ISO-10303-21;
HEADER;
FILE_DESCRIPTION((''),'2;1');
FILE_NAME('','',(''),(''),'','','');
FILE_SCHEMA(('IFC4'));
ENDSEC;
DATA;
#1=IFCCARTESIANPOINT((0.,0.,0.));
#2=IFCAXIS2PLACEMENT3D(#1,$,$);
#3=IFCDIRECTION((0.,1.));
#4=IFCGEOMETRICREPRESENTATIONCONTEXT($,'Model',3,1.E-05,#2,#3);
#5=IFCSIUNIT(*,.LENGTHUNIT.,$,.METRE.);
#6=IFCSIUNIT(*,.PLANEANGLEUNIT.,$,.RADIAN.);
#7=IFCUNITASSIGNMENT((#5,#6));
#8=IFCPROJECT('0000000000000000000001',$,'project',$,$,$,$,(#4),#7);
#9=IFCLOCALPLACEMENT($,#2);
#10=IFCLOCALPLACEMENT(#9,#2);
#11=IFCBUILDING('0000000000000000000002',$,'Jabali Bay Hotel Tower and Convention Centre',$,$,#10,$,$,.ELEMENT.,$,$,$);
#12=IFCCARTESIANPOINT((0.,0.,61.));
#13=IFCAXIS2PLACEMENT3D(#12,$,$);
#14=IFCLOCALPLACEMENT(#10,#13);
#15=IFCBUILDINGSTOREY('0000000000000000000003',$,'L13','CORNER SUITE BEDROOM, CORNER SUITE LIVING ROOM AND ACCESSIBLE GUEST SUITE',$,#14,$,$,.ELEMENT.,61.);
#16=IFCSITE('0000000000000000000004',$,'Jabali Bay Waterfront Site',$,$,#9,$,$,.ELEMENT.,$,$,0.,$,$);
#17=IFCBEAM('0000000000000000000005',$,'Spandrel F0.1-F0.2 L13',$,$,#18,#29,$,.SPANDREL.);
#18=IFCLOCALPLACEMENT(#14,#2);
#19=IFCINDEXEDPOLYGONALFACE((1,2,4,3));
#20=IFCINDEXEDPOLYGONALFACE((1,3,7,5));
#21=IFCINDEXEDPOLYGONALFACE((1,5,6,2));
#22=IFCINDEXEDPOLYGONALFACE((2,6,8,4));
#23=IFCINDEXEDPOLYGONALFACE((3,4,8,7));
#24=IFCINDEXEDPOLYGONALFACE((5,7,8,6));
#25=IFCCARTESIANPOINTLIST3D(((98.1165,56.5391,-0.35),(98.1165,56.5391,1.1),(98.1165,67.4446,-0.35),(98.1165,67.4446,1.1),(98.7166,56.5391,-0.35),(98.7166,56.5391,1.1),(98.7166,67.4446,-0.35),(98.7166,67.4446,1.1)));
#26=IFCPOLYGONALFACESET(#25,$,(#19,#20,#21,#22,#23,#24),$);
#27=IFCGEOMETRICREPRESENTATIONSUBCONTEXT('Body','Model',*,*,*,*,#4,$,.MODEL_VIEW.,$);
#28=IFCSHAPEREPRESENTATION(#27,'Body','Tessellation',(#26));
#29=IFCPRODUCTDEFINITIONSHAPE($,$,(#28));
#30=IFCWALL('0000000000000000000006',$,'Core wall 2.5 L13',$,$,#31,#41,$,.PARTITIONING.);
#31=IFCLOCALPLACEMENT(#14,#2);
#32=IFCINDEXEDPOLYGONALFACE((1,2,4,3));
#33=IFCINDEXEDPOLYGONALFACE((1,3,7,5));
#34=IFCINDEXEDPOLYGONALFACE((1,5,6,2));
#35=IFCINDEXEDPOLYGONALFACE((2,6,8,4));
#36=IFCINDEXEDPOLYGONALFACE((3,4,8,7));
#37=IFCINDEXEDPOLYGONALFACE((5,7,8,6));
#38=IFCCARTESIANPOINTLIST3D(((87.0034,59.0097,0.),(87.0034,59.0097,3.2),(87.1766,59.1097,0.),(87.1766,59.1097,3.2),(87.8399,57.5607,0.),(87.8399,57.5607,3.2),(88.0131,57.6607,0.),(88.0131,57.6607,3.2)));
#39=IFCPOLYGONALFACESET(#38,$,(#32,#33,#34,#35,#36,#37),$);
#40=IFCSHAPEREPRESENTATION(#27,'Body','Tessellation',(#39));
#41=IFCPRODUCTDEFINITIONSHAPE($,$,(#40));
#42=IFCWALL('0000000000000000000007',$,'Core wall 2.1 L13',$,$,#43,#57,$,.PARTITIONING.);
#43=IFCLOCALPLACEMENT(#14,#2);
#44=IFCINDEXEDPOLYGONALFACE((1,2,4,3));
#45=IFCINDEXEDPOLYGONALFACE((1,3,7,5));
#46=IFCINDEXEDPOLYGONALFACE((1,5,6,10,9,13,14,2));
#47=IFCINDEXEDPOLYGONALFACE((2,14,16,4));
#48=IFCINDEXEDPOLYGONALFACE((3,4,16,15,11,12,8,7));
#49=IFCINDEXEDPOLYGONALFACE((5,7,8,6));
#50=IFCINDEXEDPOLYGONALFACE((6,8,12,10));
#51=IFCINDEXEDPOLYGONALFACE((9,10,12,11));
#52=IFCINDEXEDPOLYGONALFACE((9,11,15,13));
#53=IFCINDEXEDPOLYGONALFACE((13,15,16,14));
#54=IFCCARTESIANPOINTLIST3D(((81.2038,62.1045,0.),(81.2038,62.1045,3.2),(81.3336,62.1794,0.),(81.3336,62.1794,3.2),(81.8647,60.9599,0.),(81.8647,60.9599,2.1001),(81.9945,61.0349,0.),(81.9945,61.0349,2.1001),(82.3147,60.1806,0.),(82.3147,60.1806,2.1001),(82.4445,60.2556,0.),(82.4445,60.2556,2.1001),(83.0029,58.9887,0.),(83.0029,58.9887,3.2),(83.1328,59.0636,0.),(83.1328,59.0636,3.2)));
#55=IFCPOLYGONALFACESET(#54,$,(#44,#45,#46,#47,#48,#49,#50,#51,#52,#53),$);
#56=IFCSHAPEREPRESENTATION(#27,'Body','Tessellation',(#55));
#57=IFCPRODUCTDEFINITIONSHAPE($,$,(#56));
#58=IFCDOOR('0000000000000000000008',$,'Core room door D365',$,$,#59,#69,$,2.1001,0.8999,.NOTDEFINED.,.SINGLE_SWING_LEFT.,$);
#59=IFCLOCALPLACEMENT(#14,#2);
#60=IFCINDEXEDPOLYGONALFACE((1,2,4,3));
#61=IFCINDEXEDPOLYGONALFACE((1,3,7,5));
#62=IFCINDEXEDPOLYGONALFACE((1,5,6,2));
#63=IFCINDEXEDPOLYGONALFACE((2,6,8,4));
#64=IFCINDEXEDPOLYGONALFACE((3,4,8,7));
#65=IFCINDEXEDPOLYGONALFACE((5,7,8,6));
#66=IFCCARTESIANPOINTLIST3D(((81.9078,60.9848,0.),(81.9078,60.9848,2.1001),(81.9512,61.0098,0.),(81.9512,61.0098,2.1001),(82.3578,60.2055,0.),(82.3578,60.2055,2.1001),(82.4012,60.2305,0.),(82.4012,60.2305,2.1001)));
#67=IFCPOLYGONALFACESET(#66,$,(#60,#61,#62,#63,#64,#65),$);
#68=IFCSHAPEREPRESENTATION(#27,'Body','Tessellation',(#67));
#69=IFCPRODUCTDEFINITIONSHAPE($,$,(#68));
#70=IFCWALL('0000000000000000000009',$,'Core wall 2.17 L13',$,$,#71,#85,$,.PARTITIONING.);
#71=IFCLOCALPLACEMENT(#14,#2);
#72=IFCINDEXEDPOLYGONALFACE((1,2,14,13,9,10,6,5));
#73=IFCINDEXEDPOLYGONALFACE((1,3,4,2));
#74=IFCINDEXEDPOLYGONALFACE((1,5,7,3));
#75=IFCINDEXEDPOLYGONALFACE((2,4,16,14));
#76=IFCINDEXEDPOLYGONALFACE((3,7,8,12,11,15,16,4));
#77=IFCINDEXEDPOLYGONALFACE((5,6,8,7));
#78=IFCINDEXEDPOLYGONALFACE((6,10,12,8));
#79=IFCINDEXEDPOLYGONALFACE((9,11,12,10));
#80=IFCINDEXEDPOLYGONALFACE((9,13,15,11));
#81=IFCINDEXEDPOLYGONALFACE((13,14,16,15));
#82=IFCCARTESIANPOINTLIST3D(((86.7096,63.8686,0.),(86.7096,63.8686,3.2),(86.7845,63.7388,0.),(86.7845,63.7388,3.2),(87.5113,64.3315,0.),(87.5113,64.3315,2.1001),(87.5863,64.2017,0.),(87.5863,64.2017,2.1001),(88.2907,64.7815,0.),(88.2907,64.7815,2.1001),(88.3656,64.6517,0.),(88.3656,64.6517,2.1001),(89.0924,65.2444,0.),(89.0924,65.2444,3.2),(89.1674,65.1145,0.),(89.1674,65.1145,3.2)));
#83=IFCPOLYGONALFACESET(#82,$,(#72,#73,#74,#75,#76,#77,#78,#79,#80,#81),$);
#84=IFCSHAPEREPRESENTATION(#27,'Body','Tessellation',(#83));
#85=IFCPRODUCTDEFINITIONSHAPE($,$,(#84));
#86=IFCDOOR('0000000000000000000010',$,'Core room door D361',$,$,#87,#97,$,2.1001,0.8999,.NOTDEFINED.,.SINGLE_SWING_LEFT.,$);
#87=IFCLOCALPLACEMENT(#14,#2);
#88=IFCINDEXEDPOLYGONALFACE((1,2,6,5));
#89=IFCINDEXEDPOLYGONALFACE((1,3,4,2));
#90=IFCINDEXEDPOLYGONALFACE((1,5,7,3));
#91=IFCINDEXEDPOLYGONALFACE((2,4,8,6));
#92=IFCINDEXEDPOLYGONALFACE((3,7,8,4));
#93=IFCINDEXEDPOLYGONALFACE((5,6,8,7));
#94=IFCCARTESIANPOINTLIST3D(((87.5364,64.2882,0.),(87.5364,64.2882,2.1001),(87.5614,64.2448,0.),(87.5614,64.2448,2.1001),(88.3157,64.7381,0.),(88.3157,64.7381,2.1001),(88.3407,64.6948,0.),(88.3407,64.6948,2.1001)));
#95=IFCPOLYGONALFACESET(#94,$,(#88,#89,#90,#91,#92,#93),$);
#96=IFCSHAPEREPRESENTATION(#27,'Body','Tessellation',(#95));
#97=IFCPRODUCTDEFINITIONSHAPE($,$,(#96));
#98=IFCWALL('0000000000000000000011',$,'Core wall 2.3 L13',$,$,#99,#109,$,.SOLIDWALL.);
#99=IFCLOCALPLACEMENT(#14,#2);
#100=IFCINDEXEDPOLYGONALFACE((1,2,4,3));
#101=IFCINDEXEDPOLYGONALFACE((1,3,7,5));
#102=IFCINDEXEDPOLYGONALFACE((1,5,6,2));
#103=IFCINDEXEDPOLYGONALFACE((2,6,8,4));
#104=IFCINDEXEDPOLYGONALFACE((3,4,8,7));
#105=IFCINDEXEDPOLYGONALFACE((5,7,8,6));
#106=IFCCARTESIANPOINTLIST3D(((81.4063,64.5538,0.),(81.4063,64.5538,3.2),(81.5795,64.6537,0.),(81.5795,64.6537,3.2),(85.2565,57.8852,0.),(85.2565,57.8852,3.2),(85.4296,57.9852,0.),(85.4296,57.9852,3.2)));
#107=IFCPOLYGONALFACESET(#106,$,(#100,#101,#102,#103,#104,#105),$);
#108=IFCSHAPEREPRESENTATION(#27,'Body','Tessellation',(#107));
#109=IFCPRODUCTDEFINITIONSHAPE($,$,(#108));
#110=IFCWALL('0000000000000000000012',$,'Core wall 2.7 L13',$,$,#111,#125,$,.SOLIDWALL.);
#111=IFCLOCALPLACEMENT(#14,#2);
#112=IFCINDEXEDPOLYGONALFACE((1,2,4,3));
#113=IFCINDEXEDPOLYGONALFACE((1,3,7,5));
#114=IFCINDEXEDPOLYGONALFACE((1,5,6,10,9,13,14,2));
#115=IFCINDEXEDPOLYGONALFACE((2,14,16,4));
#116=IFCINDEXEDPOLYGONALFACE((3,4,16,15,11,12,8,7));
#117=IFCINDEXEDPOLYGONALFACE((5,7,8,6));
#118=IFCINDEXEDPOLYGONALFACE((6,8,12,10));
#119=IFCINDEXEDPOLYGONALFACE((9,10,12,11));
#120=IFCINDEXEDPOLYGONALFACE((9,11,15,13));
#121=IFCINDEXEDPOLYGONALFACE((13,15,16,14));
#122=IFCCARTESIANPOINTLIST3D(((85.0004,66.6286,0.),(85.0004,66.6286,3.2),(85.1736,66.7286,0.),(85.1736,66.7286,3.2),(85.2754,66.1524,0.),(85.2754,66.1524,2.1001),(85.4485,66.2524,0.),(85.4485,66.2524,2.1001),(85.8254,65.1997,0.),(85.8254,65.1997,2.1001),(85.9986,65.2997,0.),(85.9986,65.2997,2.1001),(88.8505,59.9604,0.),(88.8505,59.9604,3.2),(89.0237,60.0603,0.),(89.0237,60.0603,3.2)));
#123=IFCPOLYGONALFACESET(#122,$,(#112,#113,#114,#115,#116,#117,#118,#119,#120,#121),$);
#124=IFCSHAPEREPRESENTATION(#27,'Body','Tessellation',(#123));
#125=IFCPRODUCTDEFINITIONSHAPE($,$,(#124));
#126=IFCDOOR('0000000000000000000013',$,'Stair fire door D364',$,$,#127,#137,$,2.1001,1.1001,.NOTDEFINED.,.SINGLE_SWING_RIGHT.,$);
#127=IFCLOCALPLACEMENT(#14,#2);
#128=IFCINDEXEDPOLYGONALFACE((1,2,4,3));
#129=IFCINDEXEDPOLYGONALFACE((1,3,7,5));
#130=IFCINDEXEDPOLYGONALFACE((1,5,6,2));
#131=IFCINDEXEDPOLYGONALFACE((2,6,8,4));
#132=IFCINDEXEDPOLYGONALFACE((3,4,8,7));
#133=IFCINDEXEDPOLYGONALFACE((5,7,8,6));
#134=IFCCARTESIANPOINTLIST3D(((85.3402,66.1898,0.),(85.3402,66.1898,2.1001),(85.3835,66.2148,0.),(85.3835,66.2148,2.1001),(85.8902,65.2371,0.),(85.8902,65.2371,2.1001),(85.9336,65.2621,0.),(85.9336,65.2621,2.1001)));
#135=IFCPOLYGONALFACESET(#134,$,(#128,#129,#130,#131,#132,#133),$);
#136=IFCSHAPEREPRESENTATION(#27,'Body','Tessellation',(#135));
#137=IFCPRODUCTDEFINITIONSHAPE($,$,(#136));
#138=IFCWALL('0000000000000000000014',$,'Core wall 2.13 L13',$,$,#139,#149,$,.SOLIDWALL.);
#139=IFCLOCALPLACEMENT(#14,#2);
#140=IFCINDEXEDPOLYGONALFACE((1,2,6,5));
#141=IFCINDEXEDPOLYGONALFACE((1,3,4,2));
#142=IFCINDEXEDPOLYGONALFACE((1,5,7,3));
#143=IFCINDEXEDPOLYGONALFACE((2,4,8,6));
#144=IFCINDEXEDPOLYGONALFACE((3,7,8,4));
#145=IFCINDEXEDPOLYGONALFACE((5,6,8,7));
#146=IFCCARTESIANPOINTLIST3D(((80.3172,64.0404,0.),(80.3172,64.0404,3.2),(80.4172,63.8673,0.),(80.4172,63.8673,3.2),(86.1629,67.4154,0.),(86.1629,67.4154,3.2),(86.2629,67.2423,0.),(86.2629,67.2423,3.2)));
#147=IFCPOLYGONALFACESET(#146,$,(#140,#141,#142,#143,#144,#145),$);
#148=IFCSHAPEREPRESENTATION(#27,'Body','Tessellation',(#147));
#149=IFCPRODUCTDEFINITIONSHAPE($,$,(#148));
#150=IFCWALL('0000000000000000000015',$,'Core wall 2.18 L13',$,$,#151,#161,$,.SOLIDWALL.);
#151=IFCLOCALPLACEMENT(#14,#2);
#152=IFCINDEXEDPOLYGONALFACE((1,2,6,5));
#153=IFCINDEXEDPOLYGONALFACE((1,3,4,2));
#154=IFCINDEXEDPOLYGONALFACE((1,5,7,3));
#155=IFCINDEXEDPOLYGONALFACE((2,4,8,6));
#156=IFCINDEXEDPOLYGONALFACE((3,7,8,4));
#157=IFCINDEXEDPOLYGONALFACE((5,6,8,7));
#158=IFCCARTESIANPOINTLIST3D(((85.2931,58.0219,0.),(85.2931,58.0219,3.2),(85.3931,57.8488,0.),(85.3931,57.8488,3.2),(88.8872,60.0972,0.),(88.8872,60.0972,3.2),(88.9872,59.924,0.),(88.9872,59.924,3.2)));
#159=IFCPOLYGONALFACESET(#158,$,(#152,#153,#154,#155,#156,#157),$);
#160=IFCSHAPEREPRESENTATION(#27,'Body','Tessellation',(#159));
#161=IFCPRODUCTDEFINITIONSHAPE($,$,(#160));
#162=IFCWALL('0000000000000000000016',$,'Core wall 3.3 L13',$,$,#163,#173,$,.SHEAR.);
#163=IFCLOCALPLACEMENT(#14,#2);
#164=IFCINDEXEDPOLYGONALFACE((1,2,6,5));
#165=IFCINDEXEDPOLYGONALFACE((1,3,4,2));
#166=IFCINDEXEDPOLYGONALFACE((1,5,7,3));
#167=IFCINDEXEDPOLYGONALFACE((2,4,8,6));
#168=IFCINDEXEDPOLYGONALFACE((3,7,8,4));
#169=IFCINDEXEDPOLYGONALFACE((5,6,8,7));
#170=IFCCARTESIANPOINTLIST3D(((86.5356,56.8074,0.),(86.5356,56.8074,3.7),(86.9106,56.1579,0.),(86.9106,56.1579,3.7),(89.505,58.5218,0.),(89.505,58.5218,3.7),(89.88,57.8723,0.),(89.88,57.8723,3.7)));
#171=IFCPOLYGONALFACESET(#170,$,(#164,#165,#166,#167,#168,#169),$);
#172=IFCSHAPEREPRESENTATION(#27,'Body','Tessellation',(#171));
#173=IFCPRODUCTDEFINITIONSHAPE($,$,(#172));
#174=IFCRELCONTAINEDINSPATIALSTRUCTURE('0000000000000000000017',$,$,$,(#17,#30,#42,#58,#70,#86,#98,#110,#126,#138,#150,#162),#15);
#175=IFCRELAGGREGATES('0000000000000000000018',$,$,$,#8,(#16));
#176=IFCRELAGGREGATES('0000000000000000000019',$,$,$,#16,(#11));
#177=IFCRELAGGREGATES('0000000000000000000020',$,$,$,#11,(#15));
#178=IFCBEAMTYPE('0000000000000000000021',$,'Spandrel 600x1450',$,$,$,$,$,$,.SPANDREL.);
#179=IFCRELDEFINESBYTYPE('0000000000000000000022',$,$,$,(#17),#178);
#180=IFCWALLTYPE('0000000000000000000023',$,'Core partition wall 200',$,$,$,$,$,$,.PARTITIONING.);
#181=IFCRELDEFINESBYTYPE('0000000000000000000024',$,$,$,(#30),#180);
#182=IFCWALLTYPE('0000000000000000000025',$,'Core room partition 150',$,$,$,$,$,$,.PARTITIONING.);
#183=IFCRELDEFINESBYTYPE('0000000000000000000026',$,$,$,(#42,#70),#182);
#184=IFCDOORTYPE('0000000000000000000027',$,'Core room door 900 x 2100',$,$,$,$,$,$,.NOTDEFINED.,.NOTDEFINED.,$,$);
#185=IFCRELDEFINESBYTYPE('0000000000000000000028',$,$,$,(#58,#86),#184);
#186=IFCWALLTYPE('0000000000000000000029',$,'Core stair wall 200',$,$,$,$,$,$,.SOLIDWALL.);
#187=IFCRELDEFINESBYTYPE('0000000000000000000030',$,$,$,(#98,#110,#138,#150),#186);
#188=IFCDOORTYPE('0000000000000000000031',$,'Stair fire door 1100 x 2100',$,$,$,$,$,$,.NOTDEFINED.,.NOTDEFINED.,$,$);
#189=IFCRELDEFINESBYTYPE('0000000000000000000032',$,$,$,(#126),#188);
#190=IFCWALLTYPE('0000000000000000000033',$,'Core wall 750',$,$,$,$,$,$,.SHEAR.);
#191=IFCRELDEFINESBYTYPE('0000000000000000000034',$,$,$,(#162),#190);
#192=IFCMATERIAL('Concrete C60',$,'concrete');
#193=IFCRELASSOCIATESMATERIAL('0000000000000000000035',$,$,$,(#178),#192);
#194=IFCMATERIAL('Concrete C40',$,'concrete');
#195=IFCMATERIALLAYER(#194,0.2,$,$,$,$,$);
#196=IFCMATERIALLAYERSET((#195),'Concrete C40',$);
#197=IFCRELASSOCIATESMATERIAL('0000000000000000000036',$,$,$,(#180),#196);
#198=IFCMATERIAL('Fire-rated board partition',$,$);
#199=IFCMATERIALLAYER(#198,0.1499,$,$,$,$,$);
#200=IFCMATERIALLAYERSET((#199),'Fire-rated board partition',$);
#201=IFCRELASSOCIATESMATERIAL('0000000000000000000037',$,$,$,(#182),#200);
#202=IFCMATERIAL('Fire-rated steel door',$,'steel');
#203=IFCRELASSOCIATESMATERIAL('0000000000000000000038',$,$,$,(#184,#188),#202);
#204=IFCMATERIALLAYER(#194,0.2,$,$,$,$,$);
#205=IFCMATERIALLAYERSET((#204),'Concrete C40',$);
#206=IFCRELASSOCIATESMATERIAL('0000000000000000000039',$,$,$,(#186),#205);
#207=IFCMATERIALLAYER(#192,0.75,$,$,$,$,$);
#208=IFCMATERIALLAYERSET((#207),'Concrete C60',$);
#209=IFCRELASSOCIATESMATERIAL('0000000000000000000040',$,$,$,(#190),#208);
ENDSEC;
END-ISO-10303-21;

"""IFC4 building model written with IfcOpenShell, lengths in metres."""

from ifc_helpers import new_model, si_unit, direction, frame, frame_2d, origin, origin_2d, place, context, subcontext, project, spatial, rectangle, extrude, material, layer, layer_set, material_profile, profile_set, type_object, element, fill, save


model = new_model("IFC4")

# Units and contexts
model_context = context("Model", 3, precision=1e-05, world=origin(), true_north=direction((0.0, 1.0)))
body_context = subcontext(model_context, "Body", "Model", "MODEL_VIEW")
ifc_project = project(units=[si_unit("LENGTHUNIT", "METRE"), si_unit("PLANEANGLEUNIT", "RADIAN")], contexts=[model_context])

# Site, building, storey
site_placement = place(None, origin())
site = spatial("IfcSite", under=ifc_project, at=site_placement, Name="Jabali Bay Waterfront Site", CompositionType="ELEMENT", RefElevation=0.0)
building_placement = place(site_placement, origin())
building = spatial("IfcBuilding", under=site, at=building_placement, Name="Jabali Bay Hotel Tower and Convention Centre", CompositionType="ELEMENT")
storey_placement = place(building_placement, frame((0.0, 0.0, 61.0)))
storey = spatial("IfcBuildingStorey", under=building, at=storey_placement, Name="L13", Description="CORNER SUITE BEDROOM, CORNER SUITE LIVING ROOM AND ACCESSIBLE GUEST SUITE", CompositionType="ELEMENT", Elevation=61.0)

# Beam
ifc_material_1 = material(Name="Concrete C60", Category="concrete")
ifc_material_profile = material_profile(ifc_material_1, rectangle(XDim=0.6001, YDim=1.45, at=origin_2d()), Name="Spandrel 600x1450")
ifc_profile_set = profile_set([ifc_material_profile], Name="Concrete C60")
beam_type = type_object("IfcBeamType", Name="Spandrel 600x1450", PredefinedType="SPANDREL", material=ifc_profile_set)
beam_placement = place(storey_placement, frame((98.4165, 56.5391, 0.375), z_axis=(0.0, 1.0, 0.0), x_axis=(-1.0, 0.0, 0.0)))
element("IfcBeam", 1, at=beam_placement, inside=storey, type_object=beam_type, Name="Spandrel F0.1-F0.2 L13", PredefinedType="SPANDREL", context=body_context, shape_type="SweptSolid", body=[
    extrude(rectangle(XDim=0.6001, YDim=1.45, at=origin_2d()), origin(), (0.0, 0.0, 1.0), 10.9055),
])

# Wall
ifc_material_2 = material(Name="Concrete C40", Category="concrete")
ifc_layer_1 = layer(ifc_material_2, 0.2)
ifc_layer_set_1 = layer_set([ifc_layer_1], Name="Concrete C40")
wall_type_1 = type_object("IfcWallType", Name="Core partition wall 200", PredefinedType="PARTITIONING", material=ifc_layer_set_1)
wall_1_placement = place(storey_placement, frame((87.0901, 59.0596, 0.0), z_axis=(0.0, 0.0, 1.0), x_axis=(0.499937, -0.866062, 0.0)))
element("IfcWall", 2, at=wall_1_placement, inside=storey, type_object=wall_type_1, Name="Core wall 2.5 L13", PredefinedType="PARTITIONING", context=body_context, shape_type="SweptSolid", body=[
    extrude(rectangle(XDim=1.6731, YDim=0.2, at=frame_2d((0.8364, 0.0))), origin(), (0.0, 0.0, 1.0), 3.2),
])

# Walls, openings, doors
ifc_material_3 = material(Name="Fire-rated board partition")
ifc_layer_2 = layer(ifc_material_3, 0.1499)
ifc_layer_set_2 = layer_set([ifc_layer_2], Name="Fire-rated board partition")
wall_type_2 = type_object("IfcWallType", Name="Core room partition 150", PredefinedType="PARTITIONING", material=ifc_layer_set_2)
wall_2_placement = place(storey_placement, frame((81.2688, 62.1418, 0.0), z_axis=(0.0, 0.0, 1.0), x_axis=(0.500044, -0.866, 0.0)))
wall_2 = element("IfcWall", 3, at=wall_2_placement, inside=storey, type_object=wall_type_2, Name="Core wall 2.1 L13", PredefinedType="PARTITIONING", context=body_context, shape_type="SweptSolid", body=[
    extrude(rectangle(XDim=3.5979, YDim=0.1499, at=frame_2d((1.7988, 0.0))), origin(), (0.0, 0.0, 1.0), 3.2),
])
opening_1_placement = place(wall_2_placement, frame((1.3215, 0.0, 0.0)))
opening_1 = element("IfcOpeningElement", 4, at=opening_1_placement, cuts=wall_2, PredefinedType="OPENING", context=body_context, shape_type="SweptSolid", body=[
    extrude(rectangle(XDim=0.8999, YDim=2.1001, at=frame_2d((0.45, 1.05))), frame((0.0, 0.0854, 0.0), z_axis=(0.0, -1.0, 0.0), x_axis=(1.0, 0.0, 0.0)), (0.0, 0.0, 1.0), 0.1709),
])
ifc_material_4 = material(Name="Fire-rated steel door", Category="steel")
door_type_1 = type_object("IfcDoorType", Name="Core room door 900 x 2100", OperationType="NOTDEFINED", PredefinedType="NOTDEFINED", material=ifc_material_4)
door_1_placement = place(opening_1_placement, origin())
door_1 = element("IfcDoor", 5, at=door_1_placement, inside=storey, type_object=door_type_1, Name="Core room door D365", OperationType="SINGLE_SWING_LEFT", OverallHeight=2.1001, OverallWidth=0.8999, PredefinedType="NOTDEFINED", context=body_context, shape_type="SweptSolid", body=[
    extrude(rectangle(XDim=0.8999, YDim=2.1001, at=frame_2d((0.45, 1.05))), frame((0.0, 0.0249, 0.0), z_axis=(0.0, -1.0, 0.0), x_axis=(1.0, 0.0, 0.0)), (0.0, 0.0, 1.0), 0.05),
])
fill(opening_1, door_1)
wall_3_placement = place(storey_placement, frame((86.7471, 63.8037, 0.0), z_axis=(0.0, 0.0, 1.0), x_axis=(0.866023, 0.500004, 0.0)))
wall_3 = element("IfcWall", 6, at=wall_3_placement, inside=storey, type_object=wall_type_2, Name="Core wall 2.17 L13", PredefinedType="PARTITIONING", context=body_context, shape_type="SweptSolid", body=[
    extrude(rectangle(XDim=2.7515, YDim=0.1499, at=frame_2d((1.3757, 0.0))), origin(), (0.0, 0.0, 1.0), 3.2),
])
opening_2_placement = place(wall_3_placement, frame((0.9258, 0.0, 0.0)))
opening_2 = element("IfcOpeningElement", 7, at=opening_2_placement, cuts=wall_3, PredefinedType="OPENING", context=body_context, shape_type="SweptSolid", body=[
    extrude(rectangle(XDim=0.8999, YDim=2.1001, at=frame_2d((0.45, 1.05))), frame((0.0, 0.0854, 0.0), z_axis=(0.0, -1.0, 0.0), x_axis=(1.0, 0.0, 0.0)), (0.0, 0.0, 1.0), 0.1709),
])
door_2_placement = place(opening_2_placement, origin())
door_2 = element("IfcDoor", 8, at=door_2_placement, inside=storey, type_object=door_type_1, Name="Core room door D361", OperationType="SINGLE_SWING_LEFT", OverallHeight=2.1001, OverallWidth=0.8999, PredefinedType="NOTDEFINED", context=body_context, shape_type="SweptSolid", body=[
    extrude(rectangle(XDim=0.8999, YDim=2.1001, at=frame_2d((0.45, 1.05))), frame((0.0, 0.0249, 0.0), z_axis=(0.0, -1.0, 0.0), x_axis=(1.0, 0.0, 0.0)), (0.0, 0.0, 1.0), 0.05),
])
fill(opening_2, door_2)

# Wall
ifc_layer_3 = layer(ifc_material_2, 0.2)
ifc_layer_set_3 = layer_set([ifc_layer_3], Name="Concrete C40")
wall_type_3 = type_object("IfcWallType", Name="Core stair wall 200", PredefinedType="SOLIDWALL", material=ifc_layer_set_3)
wall_4_placement = place(storey_placement, frame((81.4929, 64.6038, 0.0), z_axis=(0.0, 0.0, 1.0), x_axis=(0.500006, -0.866022, 0.0)))
element("IfcWall", 9, at=wall_4_placement, inside=storey, type_object=wall_type_3, Name="Core wall 2.3 L13", PredefinedType="SOLIDWALL", context=body_context, shape_type="SweptSolid", body=[
    extrude(rectangle(XDim=7.7002, YDim=0.2, at=frame_2d((3.8501, 0.0))), origin(), (0.0, 0.0, 1.0), 3.2),
])

# Wall, opening, door
wall_5_placement = place(storey_placement, frame((85.0869, 66.6787, 0.0), z_axis=(0.0, 0.0, 1.0), x_axis=(0.50002, -0.866014, 0.0)))
wall_5 = element("IfcWall", 10, at=wall_5_placement, inside=storey, type_object=wall_type_3, Name="Core wall 2.7 L13", PredefinedType="SOLIDWALL", context=body_context, shape_type="SweptSolid", body=[
    extrude(rectangle(XDim=7.7, YDim=0.2, at=frame_2d((3.8501, 0.0))), origin(), (0.0, 0.0, 1.0), 3.2),
])
opening_3_placement = place(wall_5_placement, frame((0.55, 0.0, 0.0)))
opening_3 = element("IfcOpeningElement", 11, at=opening_3_placement, cuts=wall_5, PredefinedType="OPENING", context=body_context, shape_type="SweptSolid", body=[
    extrude(rectangle(XDim=1.1001, YDim=2.1001, at=frame_2d((0.55, 1.05))), frame((0.0, 0.1104, 0.0), z_axis=(0.0, -1.0, 0.0), x_axis=(1.0, 0.0, 0.0)), (0.0, 0.0, 1.0), 0.2209),
])
door_type_2 = type_object("IfcDoorType", Name="Stair fire door 1100 x 2100", OperationType="NOTDEFINED", PredefinedType="NOTDEFINED", material=ifc_material_4)
door_3_placement = place(opening_3_placement, origin())
door_3 = element("IfcDoor", 12, at=door_3_placement, inside=storey, type_object=door_type_2, Name="Stair fire door D364", OperationType="SINGLE_SWING_RIGHT", OverallHeight=2.1001, OverallWidth=1.1001, PredefinedType="NOTDEFINED", context=body_context, shape_type="SweptSolid", body=[
    extrude(rectangle(XDim=1.1001, YDim=2.1001, at=frame_2d((0.55, 1.05))), frame((0.0, 0.0249, 0.0), z_axis=(0.0, -1.0, 0.0), x_axis=(1.0, 0.0, 0.0)), (0.0, 0.0, 1.0), 0.05),
])
fill(opening_3, door_3)

# Walls
wall_6_placement = place(storey_placement, frame((80.3672, 63.9539, 0.0), z_axis=(0.0, 0.0, 1.0), x_axis=(0.866027, 0.499998, 0.0)))
element("IfcWall", 13, at=wall_6_placement, inside=storey, type_object=wall_type_3, Name="Core wall 2.13 L13", PredefinedType="SOLIDWALL", context=body_context, shape_type="SweptSolid", body=[
    extrude(rectangle(XDim=6.75, YDim=0.2, at=frame_2d((3.375, 0.0))), origin(), (0.0, 0.0, 1.0), 3.2),
])
wall_7_placement = place(storey_placement, frame((85.343, 57.9353, 0.0), z_axis=(0.0, 0.0, 1.0), x_axis=(0.866004, 0.500036, 0.0)))
element("IfcWall", 14, at=wall_7_placement, inside=storey, type_object=wall_type_3, Name="Core wall 2.18 L13", PredefinedType="SOLIDWALL", context=body_context, shape_type="SweptSolid", body=[
    extrude(rectangle(XDim=4.1501, YDim=0.2, at=frame_2d((2.0752, 0.0))), origin(), (0.0, 0.0, 1.0), 3.2),
])
ifc_layer_4 = layer(ifc_material_1, 0.75)
ifc_layer_set_4 = layer_set([ifc_layer_4], Name="Concrete C60")
wall_type_4 = type_object("IfcWallType", Name="Core wall 750", PredefinedType="SHEAR", material=ifc_layer_set_4)
wall_8_placement = place(storey_placement, frame((86.7231, 56.4827, 0.0), z_axis=(0.0, 0.0, 1.0), x_axis=(0.866017, 0.500014, 0.0)))
element("IfcWall", 15, at=wall_8_placement, inside=storey, type_object=wall_type_4, Name="Core wall 3.3 L13", PredefinedType="SHEAR", context=body_context, shape_type="SweptSolid", body=[
    extrude(rectangle(XDim=3.4287, YDim=0.75, at=frame_2d((1.7144, 0.0))), origin(), (0.0, 0.0, 1.0), 3.7),
])

save(model, "model.ifc")
